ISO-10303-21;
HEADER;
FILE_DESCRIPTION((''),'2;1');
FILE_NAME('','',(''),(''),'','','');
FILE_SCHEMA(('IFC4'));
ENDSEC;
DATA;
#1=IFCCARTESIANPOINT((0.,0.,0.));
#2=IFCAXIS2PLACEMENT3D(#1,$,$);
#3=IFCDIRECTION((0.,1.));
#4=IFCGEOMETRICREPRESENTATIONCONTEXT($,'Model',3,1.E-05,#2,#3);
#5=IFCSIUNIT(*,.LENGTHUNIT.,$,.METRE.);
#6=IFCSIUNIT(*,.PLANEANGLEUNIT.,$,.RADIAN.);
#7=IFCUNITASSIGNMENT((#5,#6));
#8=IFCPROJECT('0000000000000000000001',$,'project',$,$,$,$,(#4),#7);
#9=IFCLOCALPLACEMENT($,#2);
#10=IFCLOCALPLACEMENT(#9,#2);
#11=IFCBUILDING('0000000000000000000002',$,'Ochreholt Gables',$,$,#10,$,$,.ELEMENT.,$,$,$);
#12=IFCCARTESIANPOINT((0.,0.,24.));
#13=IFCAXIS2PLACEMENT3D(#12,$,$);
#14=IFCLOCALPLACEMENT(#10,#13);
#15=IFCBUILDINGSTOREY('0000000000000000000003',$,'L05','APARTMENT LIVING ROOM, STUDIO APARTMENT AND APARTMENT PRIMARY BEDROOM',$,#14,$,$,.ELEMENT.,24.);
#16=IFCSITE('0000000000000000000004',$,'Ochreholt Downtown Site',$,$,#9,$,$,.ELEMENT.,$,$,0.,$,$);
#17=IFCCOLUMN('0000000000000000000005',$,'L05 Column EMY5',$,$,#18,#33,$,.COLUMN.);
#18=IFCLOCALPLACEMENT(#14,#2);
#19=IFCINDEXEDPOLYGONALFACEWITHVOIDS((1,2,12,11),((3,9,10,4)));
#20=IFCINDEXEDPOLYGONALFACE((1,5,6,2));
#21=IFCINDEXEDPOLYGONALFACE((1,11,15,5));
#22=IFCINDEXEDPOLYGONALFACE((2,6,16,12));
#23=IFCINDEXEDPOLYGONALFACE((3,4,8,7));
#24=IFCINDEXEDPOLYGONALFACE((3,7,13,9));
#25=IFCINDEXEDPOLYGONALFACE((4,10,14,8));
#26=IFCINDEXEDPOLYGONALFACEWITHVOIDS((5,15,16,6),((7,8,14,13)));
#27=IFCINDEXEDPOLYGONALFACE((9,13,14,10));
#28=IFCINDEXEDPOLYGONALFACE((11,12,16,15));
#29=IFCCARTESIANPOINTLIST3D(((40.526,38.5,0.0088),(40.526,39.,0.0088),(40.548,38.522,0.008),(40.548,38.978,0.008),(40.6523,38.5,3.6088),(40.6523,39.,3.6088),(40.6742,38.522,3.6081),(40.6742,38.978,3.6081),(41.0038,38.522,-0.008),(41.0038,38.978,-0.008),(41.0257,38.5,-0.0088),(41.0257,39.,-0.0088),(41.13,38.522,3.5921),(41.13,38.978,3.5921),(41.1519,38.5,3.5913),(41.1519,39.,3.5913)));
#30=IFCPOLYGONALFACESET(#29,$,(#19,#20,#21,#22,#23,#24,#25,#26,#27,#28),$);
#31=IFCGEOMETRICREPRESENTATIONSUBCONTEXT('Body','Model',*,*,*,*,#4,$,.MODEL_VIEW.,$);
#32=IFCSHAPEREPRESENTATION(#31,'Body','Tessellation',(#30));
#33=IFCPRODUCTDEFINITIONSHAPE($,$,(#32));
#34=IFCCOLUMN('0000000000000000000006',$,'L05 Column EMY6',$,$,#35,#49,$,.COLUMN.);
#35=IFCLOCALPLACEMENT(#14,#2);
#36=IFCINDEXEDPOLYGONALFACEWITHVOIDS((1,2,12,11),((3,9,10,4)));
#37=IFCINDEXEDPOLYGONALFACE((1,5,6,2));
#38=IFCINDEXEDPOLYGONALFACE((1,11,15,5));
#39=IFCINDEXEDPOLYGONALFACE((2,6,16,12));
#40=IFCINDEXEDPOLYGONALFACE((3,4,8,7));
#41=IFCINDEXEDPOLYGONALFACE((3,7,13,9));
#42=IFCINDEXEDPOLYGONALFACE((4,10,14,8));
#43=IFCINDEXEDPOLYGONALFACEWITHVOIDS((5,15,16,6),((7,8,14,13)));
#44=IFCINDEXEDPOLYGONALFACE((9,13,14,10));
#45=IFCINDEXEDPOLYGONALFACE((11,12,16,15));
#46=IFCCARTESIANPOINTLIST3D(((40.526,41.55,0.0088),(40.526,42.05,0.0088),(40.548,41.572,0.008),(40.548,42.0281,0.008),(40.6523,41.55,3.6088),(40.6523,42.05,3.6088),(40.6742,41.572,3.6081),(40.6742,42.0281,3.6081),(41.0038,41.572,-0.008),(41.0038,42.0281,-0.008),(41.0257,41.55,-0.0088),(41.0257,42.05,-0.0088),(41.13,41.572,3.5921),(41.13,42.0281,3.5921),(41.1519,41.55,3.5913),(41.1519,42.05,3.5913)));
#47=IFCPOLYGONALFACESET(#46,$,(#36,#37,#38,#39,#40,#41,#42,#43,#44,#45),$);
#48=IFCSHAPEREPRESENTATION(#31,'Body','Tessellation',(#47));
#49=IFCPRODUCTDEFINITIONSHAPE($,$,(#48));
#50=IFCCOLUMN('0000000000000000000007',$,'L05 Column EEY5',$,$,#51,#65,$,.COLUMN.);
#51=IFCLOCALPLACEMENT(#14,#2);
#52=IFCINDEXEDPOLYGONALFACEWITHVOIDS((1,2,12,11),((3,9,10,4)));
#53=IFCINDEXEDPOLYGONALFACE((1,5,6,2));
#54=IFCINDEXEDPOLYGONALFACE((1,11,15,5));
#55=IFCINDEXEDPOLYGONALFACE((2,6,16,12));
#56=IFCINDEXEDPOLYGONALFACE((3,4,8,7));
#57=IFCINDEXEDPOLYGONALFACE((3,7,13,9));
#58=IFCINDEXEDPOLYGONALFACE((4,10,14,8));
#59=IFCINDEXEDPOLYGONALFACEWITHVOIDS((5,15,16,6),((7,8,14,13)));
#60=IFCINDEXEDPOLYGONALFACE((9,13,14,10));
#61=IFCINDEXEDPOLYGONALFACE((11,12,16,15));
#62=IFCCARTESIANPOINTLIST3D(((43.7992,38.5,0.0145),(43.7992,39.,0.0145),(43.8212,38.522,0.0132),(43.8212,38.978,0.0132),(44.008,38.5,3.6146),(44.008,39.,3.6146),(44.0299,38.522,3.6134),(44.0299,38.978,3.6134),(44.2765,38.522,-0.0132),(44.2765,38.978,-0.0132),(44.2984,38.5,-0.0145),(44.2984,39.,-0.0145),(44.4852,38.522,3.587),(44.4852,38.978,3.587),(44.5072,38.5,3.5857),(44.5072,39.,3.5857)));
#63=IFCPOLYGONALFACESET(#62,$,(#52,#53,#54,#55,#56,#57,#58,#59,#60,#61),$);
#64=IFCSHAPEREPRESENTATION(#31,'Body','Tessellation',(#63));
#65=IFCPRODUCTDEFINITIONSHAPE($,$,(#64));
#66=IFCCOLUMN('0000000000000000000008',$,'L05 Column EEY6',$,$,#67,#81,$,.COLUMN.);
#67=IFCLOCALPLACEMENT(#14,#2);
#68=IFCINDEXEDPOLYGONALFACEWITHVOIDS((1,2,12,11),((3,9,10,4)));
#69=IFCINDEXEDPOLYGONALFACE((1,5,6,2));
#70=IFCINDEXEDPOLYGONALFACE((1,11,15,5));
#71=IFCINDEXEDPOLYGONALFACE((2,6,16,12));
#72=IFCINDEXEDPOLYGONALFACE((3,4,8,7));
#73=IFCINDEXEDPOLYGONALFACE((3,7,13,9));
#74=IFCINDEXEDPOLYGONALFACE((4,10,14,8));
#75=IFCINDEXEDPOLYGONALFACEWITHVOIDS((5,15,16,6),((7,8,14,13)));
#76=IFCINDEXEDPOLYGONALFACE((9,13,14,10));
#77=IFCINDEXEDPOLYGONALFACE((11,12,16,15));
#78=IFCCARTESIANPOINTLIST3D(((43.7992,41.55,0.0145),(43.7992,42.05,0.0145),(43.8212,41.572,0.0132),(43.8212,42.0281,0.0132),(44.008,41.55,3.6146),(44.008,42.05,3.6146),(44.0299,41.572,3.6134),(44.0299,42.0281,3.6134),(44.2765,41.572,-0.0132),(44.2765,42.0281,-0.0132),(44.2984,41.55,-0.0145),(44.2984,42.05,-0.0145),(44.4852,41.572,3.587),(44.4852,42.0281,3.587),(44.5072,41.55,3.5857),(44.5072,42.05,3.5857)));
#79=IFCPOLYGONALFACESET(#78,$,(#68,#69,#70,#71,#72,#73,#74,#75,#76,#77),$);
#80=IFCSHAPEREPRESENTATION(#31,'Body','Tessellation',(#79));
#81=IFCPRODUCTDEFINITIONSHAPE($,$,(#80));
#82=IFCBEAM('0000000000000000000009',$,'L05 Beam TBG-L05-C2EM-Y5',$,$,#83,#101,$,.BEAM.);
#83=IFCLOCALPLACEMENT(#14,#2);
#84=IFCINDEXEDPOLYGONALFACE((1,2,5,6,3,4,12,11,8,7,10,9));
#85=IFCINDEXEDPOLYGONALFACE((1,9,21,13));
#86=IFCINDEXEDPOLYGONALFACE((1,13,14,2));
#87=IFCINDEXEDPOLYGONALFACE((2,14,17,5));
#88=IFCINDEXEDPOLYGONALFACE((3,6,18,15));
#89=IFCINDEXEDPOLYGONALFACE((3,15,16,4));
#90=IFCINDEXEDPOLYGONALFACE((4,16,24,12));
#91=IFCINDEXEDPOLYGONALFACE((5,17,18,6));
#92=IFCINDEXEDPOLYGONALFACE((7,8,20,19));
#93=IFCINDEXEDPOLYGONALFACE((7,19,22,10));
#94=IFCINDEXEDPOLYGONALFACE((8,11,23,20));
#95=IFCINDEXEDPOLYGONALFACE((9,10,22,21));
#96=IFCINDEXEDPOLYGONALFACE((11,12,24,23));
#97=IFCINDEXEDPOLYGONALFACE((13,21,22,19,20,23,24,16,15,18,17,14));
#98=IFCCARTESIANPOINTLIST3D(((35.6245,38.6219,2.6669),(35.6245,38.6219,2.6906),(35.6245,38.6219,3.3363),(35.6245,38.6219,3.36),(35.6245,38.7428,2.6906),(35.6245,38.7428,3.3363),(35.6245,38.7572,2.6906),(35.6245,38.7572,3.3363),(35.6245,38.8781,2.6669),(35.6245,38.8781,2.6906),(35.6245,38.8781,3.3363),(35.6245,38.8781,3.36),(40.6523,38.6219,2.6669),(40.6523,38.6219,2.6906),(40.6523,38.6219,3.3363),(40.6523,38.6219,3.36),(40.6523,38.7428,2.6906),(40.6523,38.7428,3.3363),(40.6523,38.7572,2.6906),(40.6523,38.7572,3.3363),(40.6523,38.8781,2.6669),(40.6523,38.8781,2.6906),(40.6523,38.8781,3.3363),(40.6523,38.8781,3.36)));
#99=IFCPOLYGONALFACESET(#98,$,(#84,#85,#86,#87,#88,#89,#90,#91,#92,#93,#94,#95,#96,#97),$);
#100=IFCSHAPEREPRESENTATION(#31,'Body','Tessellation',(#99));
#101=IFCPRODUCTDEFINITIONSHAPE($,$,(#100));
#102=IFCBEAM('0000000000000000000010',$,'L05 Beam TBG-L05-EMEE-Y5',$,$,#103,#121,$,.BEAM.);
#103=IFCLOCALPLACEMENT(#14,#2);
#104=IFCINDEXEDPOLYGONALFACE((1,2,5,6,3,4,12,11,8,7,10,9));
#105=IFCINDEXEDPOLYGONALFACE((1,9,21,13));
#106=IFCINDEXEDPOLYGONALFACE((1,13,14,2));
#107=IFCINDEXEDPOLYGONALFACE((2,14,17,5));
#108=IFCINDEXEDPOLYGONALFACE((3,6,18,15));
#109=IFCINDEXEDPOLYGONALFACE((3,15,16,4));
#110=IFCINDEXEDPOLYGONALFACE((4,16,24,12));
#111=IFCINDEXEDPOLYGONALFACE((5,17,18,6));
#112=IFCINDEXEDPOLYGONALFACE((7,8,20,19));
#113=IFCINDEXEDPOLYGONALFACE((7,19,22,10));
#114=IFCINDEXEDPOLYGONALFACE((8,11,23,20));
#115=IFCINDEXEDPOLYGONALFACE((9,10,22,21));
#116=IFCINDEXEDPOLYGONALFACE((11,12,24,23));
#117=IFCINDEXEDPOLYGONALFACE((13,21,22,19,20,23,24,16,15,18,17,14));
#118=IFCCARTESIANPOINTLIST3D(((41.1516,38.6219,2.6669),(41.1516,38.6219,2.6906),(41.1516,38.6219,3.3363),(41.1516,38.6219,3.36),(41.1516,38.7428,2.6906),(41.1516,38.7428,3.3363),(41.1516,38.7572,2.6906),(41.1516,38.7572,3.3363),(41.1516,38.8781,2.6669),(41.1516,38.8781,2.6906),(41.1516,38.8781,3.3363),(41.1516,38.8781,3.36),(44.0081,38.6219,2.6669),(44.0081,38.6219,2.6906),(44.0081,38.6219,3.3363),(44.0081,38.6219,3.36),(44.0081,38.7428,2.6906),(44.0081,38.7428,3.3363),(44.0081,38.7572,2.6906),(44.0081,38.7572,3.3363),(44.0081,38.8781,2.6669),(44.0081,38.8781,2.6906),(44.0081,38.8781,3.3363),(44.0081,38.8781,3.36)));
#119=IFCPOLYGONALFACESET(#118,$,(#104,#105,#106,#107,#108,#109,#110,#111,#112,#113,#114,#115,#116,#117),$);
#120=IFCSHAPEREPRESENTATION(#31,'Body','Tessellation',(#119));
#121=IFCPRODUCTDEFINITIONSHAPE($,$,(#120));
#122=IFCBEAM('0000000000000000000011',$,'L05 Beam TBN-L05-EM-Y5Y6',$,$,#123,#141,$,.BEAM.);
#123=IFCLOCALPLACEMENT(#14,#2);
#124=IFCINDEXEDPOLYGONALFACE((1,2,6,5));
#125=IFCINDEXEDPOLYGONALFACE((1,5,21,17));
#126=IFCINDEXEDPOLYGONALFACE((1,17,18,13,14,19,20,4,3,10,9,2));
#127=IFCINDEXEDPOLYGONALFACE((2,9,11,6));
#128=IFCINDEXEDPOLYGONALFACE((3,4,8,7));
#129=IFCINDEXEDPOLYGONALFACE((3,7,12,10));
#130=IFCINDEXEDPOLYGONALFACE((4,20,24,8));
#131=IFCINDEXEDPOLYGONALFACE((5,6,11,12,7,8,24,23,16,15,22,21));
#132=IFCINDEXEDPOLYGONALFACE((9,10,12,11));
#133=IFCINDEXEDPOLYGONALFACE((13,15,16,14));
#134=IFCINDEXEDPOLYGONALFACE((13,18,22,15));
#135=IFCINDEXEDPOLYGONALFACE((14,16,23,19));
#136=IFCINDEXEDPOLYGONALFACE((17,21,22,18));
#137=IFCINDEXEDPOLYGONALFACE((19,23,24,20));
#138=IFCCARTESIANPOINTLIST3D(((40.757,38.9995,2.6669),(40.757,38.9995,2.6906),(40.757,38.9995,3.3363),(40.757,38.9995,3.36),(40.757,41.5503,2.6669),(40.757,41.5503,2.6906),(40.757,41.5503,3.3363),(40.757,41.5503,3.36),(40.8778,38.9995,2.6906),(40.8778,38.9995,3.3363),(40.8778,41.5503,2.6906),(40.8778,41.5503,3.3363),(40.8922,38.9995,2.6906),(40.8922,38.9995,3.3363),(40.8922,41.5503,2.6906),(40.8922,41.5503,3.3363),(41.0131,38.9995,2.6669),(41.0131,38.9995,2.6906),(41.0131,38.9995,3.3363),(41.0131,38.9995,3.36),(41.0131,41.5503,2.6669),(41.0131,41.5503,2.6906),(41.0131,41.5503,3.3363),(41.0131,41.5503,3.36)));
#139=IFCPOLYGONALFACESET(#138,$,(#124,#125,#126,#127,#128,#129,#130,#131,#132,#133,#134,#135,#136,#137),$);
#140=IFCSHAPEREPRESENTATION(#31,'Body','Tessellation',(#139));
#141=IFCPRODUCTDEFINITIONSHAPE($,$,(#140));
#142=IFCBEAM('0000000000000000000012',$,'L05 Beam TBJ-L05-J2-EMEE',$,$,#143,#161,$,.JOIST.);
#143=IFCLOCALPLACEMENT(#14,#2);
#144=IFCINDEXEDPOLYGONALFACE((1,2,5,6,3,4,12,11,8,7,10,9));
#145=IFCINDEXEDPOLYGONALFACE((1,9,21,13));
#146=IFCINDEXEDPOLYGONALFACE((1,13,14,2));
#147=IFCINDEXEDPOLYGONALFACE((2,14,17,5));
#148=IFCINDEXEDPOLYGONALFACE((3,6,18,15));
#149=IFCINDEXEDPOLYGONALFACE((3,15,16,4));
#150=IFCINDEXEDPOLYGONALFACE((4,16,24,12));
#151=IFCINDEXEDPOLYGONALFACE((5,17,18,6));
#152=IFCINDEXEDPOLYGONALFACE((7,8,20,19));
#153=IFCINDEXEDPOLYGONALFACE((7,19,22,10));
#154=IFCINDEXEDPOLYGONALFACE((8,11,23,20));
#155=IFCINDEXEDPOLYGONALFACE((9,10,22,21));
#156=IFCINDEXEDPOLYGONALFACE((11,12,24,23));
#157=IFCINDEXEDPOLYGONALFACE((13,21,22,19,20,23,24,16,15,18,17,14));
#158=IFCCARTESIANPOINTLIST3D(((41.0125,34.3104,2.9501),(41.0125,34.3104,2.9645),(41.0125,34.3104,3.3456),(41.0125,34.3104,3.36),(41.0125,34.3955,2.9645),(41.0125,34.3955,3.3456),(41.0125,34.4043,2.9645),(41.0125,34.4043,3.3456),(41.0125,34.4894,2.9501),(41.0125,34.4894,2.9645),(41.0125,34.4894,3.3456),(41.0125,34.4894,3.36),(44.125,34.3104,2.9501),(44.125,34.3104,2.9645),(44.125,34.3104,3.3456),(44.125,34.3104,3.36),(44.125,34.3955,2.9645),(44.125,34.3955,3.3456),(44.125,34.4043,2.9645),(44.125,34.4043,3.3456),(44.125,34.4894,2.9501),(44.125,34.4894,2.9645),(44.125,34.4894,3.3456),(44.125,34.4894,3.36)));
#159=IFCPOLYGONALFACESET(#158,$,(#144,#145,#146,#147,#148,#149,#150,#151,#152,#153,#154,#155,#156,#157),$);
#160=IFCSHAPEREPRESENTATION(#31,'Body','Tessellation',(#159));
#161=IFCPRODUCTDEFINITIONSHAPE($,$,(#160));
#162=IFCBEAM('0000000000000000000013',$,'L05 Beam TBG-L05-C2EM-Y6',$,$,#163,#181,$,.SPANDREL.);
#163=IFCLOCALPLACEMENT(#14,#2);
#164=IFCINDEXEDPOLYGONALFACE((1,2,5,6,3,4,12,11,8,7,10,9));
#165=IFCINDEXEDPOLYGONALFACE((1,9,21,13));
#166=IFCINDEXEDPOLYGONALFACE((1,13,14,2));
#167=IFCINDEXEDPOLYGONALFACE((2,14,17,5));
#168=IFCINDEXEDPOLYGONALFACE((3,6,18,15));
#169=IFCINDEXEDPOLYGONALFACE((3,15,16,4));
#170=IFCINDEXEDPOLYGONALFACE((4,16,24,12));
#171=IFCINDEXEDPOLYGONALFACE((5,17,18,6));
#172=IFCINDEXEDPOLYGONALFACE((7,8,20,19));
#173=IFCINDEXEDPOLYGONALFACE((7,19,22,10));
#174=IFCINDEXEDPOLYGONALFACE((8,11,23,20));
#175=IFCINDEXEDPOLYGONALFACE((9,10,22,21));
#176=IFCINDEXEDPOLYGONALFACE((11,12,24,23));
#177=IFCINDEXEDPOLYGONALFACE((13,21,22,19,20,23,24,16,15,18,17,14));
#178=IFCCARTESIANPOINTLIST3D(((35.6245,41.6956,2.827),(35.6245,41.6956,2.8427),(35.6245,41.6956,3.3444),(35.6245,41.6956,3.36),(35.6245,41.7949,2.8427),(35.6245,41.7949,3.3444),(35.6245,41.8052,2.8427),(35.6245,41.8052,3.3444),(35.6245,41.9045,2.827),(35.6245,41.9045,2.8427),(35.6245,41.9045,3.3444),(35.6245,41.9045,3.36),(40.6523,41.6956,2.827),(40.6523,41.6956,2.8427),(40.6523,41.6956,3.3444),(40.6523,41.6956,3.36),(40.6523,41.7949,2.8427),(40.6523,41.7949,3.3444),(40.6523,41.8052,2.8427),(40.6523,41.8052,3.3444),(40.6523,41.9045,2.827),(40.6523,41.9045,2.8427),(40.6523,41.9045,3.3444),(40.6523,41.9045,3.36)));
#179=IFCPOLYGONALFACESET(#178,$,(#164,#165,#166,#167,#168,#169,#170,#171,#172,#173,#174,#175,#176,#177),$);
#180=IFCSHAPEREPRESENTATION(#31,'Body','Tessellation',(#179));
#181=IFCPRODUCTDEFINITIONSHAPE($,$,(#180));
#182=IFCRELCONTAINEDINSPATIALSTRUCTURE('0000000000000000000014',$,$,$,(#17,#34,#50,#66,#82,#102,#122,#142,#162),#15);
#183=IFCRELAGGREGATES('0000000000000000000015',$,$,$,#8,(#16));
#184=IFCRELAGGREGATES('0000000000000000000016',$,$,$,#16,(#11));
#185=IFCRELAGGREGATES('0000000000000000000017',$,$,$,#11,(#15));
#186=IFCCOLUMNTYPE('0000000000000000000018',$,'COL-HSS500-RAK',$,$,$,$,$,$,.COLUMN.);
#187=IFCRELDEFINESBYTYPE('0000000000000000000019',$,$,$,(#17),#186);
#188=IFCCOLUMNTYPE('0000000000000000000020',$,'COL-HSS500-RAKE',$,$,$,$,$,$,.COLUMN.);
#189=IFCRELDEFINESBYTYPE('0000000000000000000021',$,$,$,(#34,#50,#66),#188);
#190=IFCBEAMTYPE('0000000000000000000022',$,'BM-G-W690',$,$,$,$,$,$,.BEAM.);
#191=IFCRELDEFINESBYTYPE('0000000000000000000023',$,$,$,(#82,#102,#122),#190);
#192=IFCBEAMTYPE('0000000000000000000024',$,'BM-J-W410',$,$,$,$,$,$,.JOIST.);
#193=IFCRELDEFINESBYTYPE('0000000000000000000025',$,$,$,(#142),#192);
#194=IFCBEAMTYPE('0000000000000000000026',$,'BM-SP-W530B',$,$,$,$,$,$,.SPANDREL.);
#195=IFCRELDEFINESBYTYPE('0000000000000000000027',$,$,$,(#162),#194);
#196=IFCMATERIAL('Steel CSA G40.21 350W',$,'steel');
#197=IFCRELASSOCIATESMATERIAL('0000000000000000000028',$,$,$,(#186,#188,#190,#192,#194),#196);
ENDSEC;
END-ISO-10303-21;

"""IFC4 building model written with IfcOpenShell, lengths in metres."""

from ifc_helpers import new_model, si_unit, direction, frame, origin, origin_2d, place, context, subcontext, project, spatial, hollow_rectangle, i_section, extrude, material, material_profile, profile_set, type_object, element, save


model = new_model("IFC4")

# Units and contexts
model_context = context("Model", 3, precision=1e-05, world=origin(), true_north=direction((0.0, 1.0)))
body_context = subcontext(model_context, "Body", "Model", "MODEL_VIEW")
ifc_project = project(units=[si_unit("LENGTHUNIT", "METRE"), si_unit("PLANEANGLEUNIT", "RADIAN")], contexts=[model_context])

# Site, building, storey
site_placement = place(None, origin())
site = spatial("IfcSite", under=ifc_project, at=site_placement, Name="Ochreholt Downtown Site", CompositionType="ELEMENT", RefElevation=0.0)
building_placement = place(site_placement, origin())
building = spatial("IfcBuilding", under=site, at=building_placement, Name="Ochreholt Gables", CompositionType="ELEMENT")
storey_placement = place(building_placement, frame((0.0, 0.0, 24.0)))
storey = spatial("IfcBuildingStorey", under=building, at=storey_placement, Name="L05", Description="APARTMENT LIVING ROOM, STUDIO APARTMENT AND APARTMENT PRIMARY BEDROOM", CompositionType="ELEMENT", Elevation=24.0)

# Columns
ifc_material_1 = material(Name="Steel CSA G40.21 350W", Category="steel")
ifc_material_profile_1 = material_profile(ifc_material_1, hollow_rectangle(XDim=0.5, YDim=0.5, WallThickness=0.022, at=origin_2d()), Name="HSS500X500X22")
ifc_profile_set_1 = profile_set([ifc_material_profile_1], Name="Steel CSA G40.21 350W")
column_type_1 = type_object("IfcColumnType", Name="COL-HSS500-RAK", PredefinedType="COLUMN", material=ifc_profile_set_1)
column_1_placement = place(storey_placement, frame((40.7759, 38.75, 0.0), z_axis=(0.035039, 0.0, 0.999386), x_axis=(0.0, 1.0, 0.0)))
element("IfcColumn", 1, at=column_1_placement, inside=storey, type_object=column_type_1, Name="L05 Column EMY5", PredefinedType="COLUMN", context=body_context, shape_type="SweptSolid", body=[
    extrude(hollow_rectangle(XDim=0.5, YDim=0.5, WallThickness=0.022, at=origin_2d()), origin(), (0.0, 0.0, 1.0), 3.6023),
])
ifc_material_profile_2 = material_profile(ifc_material_1, hollow_rectangle(XDim=0.5, YDim=0.5, WallThickness=0.022, at=origin_2d()), Name="HSS500X500X22")
ifc_profile_set_2 = profile_set([ifc_material_profile_2], Name="Steel CSA G40.21 350W")
column_type_2 = type_object("IfcColumnType", Name="COL-HSS500-RAKE", PredefinedType="COLUMN", material=ifc_profile_set_2)
column_2_placement = place(storey_placement, frame((40.7759, 41.8, 0.0), z_axis=(0.035039, 0.0, 0.999386), x_axis=(0.0, 1.0, 0.0)))
element("IfcColumn", 2, at=column_2_placement, inside=storey, type_object=column_type_2, Name="L05 Column EMY6", PredefinedType="COLUMN", context=body_context, shape_type="SweptSolid", body=[
    extrude(hollow_rectangle(XDim=0.5, YDim=0.5, WallThickness=0.022, at=origin_2d()), origin(), (0.0, 0.0, 1.0), 3.6023),
])
for number, where, z_axis, x_axis, name in (
    (3, (44.0488, 38.75, 0.0), (0.057885, 0.0, 0.998323), (0.0, 1.0, 0.0), "L05 Column EEY5"),
    (4, (44.0488, 41.8, 0.0), (0.057885, 0.0, 0.998323), (0.0, 1.0, 0.0), "L05 Column EEY6"),
):
    element("IfcColumn", number, at=place(storey_placement, frame(where, z_axis=z_axis, x_axis=x_axis)), inside=storey, type_object=column_type_2, Name=name, PredefinedType="COLUMN", context=body_context, shape_type="SweptSolid", body=[
        extrude(hollow_rectangle(XDim=0.5, YDim=0.5, WallThickness=0.022, at=origin_2d()), origin(), (0.0, 0.0, 1.0), 3.6062),
    ])

# Beams
ifc_material_profile_3 = material_profile(ifc_material_1, i_section(OverallWidth=0.2561, OverallDepth=0.6931, WebThickness=0.0144, FlangeThickness=0.0237, at=origin_2d()), Name="W690X170")
ifc_profile_set_3 = profile_set([ifc_material_profile_3], Name="Steel CSA G40.21 350W")
beam_type_1 = type_object("IfcBeamType", Name="BM-G-W690", PredefinedType="BEAM", material=ifc_profile_set_3)
beam_1_placement = place(storey_placement, frame((35.6245, 38.75, 3.0134), z_axis=(1.0, 0.0, 0.0), x_axis=(0.0, 1.0, 0.0)))
element("IfcBeam", 5, at=beam_1_placement, inside=storey, type_object=beam_type_1, Name="L05 Beam TBG-L05-C2EM-Y5", PredefinedType="BEAM", context=body_context, shape_type="SweptSolid", body=[
    extrude(i_section(OverallWidth=0.2561, OverallDepth=0.6931, WebThickness=0.0144, FlangeThickness=0.0237, at=origin_2d()), origin(), (0.0, 0.0, 1.0), 5.0278),
])
beam_2_placement = place(storey_placement, frame((41.1516, 38.75, 3.0134), z_axis=(1.0, 0.0, 0.0), x_axis=(0.0, 1.0, 0.0)))
element("IfcBeam", 6, at=beam_2_placement, inside=storey, type_object=beam_type_1, Name="L05 Beam TBG-L05-EMEE-Y5", PredefinedType="BEAM", context=body_context, shape_type="SweptSolid", body=[
    extrude(i_section(OverallWidth=0.2561, OverallDepth=0.6931, WebThickness=0.0144, FlangeThickness=0.0237, at=origin_2d()), origin(), (0.0, 0.0, 1.0), 2.8564),
])
beam_3_placement = place(storey_placement, frame((40.885, 38.9995, 3.0134), z_axis=(0.0, 1.0, 0.0), x_axis=(-1.0, 0.0, 0.0)))
element("IfcBeam", 7, at=beam_3_placement, inside=storey, type_object=beam_type_1, Name="L05 Beam TBN-L05-EM-Y5Y6", PredefinedType="BEAM", context=body_context, shape_type="SweptSolid", body=[
    extrude(i_section(OverallWidth=0.2561, OverallDepth=0.6931, WebThickness=0.0144, FlangeThickness=0.0237, at=origin_2d()), origin(), (0.0, 0.0, 1.0), 2.5508),
])
ifc_material_profile_4 = material_profile(ifc_material_1, i_section(OverallWidth=0.179, OverallDepth=0.4099, WebThickness=0.0088, FlangeThickness=0.0144, at=origin_2d()), Name="W410X67")
ifc_profile_set_4 = profile_set([ifc_material_profile_4], Name="Steel CSA G40.21 350W")
beam_type_2 = type_object("IfcBeamType", Name="BM-J-W410", PredefinedType="JOIST", material=ifc_profile_set_4)
beam_4_placement = place(storey_placement, frame((41.0125, 34.3999, 3.155), z_axis=(1.0, 0.0, 0.0), x_axis=(0.0, 1.0, 0.0)))
element("IfcBeam", 8, at=beam_4_placement, inside=storey, type_object=beam_type_2, Name="L05 Beam TBJ-L05-J2-EMEE", PredefinedType="JOIST", context=body_context, shape_type="SweptSolid", body=[
    extrude(i_section(OverallWidth=0.179, OverallDepth=0.4099, WebThickness=0.0088, FlangeThickness=0.0144, at=origin_2d()), origin(), (0.0, 0.0, 1.0), 3.1125),
])
ifc_material_profile_5 = material_profile(ifc_material_1, i_section(OverallWidth=0.209, OverallDepth=0.533, WebThickness=0.0103, FlangeThickness=0.0156, at=origin_2d()), Name="W530X92")
ifc_profile_set_5 = profile_set([ifc_material_profile_5], Name="Steel CSA G40.21 350W")
beam_type_3 = type_object("IfcBeamType", Name="BM-SP-W530B", PredefinedType="SPANDREL", material=ifc_profile_set_5)
beam_5_placement = place(storey_placement, frame((35.6245, 41.8, 3.0935), z_axis=(1.0, 0.0, 0.0), x_axis=(0.0, 1.0, 0.0)))
element("IfcBeam", 9, at=beam_5_placement, inside=storey, type_object=beam_type_3, Name="L05 Beam TBG-L05-C2EM-Y6", PredefinedType="SPANDREL", context=body_context, shape_type="SweptSolid", body=[
    extrude(i_section(OverallWidth=0.209, OverallDepth=0.533, WebThickness=0.0103, FlangeThickness=0.0156, at=origin_2d()), origin(), (0.0, 0.0, 1.0), 5.0278),
])

save(model, "model.ifc")
